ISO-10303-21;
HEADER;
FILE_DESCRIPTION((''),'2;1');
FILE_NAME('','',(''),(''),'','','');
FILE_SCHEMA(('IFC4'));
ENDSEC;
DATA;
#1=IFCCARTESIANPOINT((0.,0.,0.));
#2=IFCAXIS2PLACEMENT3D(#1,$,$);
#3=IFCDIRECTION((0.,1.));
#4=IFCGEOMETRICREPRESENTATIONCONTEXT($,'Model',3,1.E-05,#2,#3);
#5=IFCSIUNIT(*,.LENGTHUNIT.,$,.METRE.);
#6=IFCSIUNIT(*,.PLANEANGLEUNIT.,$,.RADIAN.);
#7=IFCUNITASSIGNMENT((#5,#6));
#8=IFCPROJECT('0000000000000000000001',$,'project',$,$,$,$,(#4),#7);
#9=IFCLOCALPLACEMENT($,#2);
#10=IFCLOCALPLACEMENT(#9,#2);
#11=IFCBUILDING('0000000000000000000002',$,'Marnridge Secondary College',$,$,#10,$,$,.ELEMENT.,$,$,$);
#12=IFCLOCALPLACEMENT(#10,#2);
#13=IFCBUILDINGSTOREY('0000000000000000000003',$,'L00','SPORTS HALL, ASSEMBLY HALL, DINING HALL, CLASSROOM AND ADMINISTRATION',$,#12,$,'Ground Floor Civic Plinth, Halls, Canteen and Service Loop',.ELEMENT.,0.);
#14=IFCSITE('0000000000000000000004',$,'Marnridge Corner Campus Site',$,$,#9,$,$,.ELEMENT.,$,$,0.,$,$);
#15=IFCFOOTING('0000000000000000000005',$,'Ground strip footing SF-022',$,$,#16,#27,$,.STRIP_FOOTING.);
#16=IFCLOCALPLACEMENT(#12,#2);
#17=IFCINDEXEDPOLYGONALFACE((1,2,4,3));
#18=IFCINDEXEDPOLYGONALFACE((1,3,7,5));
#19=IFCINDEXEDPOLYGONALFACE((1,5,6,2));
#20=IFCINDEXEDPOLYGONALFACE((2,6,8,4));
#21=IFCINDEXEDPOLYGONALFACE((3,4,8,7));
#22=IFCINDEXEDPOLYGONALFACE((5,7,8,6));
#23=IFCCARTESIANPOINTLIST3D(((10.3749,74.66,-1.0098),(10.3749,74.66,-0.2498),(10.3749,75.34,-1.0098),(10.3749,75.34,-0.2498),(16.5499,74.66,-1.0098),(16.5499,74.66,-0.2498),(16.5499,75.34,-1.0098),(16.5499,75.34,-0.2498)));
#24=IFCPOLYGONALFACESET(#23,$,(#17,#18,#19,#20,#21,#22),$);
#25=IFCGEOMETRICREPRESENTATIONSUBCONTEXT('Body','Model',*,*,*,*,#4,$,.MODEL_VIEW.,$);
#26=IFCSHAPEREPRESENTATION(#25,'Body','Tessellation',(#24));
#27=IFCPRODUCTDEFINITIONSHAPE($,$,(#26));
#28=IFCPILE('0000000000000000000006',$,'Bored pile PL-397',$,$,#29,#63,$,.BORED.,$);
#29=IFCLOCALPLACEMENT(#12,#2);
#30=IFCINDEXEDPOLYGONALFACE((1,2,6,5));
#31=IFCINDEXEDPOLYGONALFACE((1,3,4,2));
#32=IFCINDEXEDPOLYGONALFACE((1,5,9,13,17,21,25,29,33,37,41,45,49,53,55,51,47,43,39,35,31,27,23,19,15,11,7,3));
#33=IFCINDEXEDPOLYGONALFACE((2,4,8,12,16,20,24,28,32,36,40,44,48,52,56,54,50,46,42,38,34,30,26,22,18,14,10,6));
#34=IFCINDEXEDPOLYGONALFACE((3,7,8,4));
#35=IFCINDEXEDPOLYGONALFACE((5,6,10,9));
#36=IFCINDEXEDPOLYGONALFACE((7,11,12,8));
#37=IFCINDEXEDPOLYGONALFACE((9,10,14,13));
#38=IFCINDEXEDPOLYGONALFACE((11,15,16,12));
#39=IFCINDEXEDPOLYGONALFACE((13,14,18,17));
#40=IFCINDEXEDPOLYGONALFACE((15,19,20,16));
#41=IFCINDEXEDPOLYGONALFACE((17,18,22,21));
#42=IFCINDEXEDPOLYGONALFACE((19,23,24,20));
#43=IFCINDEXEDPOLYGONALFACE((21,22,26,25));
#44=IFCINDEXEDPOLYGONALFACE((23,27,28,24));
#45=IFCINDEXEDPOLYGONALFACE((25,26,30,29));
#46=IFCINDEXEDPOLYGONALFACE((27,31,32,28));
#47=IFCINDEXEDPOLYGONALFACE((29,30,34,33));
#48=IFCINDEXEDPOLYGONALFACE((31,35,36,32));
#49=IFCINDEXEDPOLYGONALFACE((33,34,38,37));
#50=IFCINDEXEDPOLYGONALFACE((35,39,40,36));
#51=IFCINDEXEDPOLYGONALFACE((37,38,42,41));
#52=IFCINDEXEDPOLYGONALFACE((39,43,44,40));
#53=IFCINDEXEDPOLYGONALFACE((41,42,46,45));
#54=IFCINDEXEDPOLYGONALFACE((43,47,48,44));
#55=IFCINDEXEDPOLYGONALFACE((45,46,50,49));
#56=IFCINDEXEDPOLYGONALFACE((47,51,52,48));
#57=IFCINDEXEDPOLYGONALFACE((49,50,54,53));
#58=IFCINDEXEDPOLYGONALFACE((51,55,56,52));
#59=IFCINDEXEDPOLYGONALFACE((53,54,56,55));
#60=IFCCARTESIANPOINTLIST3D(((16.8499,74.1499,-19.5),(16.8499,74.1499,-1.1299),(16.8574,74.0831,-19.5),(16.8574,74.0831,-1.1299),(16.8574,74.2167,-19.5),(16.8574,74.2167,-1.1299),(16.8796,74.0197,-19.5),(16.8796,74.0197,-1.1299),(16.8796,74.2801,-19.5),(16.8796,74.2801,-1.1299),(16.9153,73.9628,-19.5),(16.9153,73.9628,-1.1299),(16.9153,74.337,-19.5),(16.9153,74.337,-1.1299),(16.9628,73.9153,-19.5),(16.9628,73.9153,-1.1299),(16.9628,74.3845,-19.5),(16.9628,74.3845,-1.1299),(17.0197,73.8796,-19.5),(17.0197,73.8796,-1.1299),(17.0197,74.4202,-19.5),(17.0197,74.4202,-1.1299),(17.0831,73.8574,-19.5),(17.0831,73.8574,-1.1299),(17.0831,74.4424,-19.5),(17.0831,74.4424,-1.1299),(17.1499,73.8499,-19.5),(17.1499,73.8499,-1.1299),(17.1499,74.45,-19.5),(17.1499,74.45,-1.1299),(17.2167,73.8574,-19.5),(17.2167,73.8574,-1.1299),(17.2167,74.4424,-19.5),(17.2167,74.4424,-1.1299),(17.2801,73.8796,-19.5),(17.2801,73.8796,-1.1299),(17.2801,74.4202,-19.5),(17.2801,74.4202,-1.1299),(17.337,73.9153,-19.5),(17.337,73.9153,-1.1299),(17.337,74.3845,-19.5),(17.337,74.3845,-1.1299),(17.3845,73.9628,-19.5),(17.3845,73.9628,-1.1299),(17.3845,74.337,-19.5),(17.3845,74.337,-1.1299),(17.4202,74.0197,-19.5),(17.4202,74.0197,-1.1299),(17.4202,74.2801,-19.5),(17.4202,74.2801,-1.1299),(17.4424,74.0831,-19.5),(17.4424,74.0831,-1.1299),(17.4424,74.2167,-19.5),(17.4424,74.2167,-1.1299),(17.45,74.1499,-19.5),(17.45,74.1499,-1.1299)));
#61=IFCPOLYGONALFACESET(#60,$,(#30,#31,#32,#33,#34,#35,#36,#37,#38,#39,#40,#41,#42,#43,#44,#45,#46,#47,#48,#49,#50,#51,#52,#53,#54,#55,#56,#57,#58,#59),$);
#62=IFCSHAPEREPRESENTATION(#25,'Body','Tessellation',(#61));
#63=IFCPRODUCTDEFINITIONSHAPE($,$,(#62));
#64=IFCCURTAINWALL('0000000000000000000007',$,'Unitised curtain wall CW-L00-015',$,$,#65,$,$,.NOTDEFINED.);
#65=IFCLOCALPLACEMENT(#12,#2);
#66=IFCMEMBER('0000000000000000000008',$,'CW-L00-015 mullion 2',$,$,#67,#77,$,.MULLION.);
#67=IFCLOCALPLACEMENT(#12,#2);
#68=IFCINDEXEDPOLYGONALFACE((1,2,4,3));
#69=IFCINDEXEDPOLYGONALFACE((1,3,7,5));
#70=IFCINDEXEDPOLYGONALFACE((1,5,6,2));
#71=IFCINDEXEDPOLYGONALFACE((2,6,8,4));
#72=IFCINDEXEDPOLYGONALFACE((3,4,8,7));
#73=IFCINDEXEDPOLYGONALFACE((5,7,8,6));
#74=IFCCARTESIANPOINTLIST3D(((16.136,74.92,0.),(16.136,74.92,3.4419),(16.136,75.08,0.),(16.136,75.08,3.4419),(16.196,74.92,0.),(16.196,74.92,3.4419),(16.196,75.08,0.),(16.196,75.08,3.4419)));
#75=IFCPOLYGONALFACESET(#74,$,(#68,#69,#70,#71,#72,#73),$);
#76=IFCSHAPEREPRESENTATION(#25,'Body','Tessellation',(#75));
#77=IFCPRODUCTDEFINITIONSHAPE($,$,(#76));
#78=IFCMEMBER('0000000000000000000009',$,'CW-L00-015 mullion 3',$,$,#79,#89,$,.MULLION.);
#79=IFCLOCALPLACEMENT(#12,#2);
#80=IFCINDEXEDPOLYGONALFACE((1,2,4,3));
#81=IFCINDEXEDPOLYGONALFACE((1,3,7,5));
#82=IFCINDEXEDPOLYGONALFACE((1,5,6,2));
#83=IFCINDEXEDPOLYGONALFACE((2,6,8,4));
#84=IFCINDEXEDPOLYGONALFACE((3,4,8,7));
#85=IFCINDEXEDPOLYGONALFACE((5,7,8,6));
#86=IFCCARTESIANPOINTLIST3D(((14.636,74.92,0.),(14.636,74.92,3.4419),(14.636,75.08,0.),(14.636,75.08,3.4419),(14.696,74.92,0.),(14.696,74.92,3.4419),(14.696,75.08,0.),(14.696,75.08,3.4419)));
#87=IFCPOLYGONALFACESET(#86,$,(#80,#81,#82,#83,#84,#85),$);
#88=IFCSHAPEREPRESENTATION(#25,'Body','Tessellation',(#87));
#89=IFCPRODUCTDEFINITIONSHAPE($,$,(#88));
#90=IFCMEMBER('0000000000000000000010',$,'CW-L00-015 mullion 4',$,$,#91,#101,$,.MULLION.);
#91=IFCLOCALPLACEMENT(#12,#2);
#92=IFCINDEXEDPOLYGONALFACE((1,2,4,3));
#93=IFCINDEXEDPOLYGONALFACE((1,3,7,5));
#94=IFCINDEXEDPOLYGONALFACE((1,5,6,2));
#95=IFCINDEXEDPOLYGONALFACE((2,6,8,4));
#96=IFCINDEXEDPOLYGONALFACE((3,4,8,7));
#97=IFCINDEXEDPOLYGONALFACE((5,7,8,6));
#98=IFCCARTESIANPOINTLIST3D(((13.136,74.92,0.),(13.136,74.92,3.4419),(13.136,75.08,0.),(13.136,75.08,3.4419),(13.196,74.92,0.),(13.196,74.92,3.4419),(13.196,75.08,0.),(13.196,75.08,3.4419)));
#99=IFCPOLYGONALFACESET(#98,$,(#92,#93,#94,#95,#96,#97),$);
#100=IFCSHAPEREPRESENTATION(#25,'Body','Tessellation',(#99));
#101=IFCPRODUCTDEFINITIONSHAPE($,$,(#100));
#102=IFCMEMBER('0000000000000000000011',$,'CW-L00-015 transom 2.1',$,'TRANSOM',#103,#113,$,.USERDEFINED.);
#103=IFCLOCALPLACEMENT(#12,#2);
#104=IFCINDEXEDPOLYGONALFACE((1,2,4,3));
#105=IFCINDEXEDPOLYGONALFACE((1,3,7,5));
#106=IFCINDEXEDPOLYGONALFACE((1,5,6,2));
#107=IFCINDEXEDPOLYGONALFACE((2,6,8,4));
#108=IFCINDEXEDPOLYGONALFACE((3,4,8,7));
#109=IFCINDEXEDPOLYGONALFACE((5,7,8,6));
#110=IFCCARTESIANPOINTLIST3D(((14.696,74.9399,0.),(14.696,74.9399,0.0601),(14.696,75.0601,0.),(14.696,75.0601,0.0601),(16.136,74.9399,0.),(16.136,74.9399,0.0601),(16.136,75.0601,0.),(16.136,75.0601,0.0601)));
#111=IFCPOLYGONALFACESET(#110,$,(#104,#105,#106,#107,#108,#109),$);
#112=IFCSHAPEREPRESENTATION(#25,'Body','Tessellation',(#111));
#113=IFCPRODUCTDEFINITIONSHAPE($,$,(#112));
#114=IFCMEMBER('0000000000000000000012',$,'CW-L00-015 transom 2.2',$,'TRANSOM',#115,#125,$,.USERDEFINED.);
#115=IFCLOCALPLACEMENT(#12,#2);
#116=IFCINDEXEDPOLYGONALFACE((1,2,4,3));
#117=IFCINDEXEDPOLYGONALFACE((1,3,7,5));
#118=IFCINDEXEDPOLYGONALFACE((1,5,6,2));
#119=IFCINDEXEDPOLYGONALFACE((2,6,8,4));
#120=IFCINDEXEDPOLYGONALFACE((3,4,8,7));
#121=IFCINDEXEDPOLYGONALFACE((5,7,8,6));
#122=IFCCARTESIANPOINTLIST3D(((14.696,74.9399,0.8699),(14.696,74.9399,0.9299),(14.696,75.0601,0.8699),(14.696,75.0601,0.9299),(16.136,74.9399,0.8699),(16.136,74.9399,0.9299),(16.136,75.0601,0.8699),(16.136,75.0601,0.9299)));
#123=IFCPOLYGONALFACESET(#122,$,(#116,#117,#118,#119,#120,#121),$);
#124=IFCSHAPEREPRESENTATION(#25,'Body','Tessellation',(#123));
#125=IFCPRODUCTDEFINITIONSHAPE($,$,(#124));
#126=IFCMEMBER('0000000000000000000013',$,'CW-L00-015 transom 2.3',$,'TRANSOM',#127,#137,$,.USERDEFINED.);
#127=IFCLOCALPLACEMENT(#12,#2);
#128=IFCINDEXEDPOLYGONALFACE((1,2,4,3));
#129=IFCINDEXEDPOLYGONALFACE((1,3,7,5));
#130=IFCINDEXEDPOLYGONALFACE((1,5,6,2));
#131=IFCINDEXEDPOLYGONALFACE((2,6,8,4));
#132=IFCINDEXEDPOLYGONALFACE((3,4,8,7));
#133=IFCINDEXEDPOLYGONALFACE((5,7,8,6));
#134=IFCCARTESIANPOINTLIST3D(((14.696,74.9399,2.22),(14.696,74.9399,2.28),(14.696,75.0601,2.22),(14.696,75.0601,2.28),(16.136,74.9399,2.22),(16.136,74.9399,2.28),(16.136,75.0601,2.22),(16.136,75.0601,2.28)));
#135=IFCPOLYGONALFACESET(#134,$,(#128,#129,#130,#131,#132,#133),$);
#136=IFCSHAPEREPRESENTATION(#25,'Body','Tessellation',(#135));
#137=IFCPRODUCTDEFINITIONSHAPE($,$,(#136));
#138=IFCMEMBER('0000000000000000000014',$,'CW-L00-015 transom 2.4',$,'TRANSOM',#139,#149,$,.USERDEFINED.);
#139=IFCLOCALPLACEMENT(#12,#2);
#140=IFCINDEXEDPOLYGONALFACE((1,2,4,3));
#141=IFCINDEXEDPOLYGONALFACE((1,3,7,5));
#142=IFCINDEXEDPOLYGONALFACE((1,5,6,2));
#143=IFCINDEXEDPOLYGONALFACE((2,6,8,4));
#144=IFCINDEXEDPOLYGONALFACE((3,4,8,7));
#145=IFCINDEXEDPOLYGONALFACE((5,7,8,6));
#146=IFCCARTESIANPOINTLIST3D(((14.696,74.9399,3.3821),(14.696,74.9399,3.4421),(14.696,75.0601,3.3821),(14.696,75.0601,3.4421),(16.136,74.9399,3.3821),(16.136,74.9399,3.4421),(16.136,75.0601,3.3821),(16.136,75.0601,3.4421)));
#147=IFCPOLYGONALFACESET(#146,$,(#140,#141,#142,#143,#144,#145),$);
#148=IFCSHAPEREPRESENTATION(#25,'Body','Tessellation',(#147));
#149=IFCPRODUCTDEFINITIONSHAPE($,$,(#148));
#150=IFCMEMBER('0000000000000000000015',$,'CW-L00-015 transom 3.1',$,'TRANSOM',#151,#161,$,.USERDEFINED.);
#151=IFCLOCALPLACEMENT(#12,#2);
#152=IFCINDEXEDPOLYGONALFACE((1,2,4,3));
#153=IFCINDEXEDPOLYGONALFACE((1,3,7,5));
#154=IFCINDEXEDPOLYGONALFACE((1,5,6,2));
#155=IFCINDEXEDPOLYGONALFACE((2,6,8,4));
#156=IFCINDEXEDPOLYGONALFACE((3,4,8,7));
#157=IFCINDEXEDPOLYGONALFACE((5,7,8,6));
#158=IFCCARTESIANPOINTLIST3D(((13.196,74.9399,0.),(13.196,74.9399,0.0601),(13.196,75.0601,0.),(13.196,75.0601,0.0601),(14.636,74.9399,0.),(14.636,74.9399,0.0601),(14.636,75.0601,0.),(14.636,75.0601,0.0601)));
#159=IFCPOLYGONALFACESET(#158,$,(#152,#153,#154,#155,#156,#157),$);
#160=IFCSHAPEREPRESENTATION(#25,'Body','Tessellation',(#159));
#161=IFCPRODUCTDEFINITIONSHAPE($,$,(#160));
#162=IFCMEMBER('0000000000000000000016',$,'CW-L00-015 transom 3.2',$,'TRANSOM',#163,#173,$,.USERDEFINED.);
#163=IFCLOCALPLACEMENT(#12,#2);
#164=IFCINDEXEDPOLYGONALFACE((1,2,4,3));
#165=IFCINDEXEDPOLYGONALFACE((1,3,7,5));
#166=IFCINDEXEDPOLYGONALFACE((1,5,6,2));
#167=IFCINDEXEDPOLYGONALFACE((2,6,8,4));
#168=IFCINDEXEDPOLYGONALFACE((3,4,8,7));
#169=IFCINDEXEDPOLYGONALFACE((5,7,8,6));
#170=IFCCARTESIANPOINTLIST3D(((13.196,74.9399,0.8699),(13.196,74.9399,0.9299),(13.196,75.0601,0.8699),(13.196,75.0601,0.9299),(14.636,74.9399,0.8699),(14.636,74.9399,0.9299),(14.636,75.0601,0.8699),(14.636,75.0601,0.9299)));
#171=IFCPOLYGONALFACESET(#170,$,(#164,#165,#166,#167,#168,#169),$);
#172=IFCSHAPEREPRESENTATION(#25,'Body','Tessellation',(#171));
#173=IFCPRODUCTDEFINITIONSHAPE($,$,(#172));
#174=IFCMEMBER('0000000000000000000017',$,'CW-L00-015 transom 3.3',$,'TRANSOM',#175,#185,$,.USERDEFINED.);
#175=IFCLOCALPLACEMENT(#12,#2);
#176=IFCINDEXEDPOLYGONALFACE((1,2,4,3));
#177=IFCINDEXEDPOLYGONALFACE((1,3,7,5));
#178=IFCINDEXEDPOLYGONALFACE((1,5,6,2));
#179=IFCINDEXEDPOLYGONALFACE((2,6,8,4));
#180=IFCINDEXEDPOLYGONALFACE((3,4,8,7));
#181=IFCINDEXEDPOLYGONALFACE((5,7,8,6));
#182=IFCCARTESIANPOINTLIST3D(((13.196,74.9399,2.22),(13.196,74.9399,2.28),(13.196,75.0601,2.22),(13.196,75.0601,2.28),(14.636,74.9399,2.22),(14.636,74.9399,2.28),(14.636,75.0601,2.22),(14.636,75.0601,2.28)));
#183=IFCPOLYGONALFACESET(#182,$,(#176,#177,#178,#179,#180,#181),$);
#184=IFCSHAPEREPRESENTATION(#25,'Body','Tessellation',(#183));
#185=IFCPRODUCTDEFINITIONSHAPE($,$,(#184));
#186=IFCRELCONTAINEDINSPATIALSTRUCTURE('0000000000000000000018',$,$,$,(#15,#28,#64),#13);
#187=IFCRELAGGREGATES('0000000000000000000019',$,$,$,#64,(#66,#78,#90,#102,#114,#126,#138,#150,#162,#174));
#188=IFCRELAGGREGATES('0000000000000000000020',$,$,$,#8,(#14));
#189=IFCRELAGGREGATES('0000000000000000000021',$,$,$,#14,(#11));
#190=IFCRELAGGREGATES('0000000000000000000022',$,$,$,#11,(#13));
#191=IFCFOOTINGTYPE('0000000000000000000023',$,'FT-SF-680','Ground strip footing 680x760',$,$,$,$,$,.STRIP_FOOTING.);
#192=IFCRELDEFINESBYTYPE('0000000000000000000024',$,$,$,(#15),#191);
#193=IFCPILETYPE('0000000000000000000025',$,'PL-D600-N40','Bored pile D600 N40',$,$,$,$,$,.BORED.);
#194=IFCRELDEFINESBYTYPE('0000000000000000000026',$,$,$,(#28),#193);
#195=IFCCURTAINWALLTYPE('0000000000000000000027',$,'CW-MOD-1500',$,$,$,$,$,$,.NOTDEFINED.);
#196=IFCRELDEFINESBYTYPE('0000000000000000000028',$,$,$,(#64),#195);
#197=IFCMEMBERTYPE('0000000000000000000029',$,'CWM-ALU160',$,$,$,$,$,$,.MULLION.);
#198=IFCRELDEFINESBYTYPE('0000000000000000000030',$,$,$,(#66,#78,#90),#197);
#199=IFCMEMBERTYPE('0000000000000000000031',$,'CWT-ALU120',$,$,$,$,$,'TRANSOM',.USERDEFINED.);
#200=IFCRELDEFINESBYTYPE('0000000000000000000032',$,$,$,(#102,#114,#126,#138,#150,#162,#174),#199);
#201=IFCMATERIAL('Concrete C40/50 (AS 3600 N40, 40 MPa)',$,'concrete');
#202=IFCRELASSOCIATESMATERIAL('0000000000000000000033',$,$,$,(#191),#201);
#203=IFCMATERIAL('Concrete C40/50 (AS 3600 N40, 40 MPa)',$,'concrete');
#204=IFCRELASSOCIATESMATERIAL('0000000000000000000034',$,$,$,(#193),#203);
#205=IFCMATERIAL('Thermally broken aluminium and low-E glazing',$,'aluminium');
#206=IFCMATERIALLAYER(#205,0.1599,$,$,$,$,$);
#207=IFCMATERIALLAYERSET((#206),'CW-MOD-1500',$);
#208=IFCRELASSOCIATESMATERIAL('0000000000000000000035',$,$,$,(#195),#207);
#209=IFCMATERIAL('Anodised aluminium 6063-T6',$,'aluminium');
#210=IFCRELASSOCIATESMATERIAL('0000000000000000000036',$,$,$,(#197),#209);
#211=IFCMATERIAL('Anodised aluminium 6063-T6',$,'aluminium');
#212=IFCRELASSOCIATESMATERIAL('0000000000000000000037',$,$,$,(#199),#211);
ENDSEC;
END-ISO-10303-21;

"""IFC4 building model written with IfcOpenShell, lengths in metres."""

from ifc_helpers import new_model, si_unit, direction, frame, origin, origin_2d, place, context, subcontext, project, spatial, rectangle, circle, extrude, material, layer, layer_set, material_profile, profile_set, type_object, element, aggregate, save


model = new_model("IFC4")

# Units and contexts
model_context = context("Model", 3, precision=1e-05, world=origin(), true_north=direction((0.0, 1.0)))
body_context = subcontext(model_context, "Body", "Model", "MODEL_VIEW")
ifc_project = project(units=[si_unit("LENGTHUNIT", "METRE"), si_unit("PLANEANGLEUNIT", "RADIAN")], contexts=[model_context])

# Site, building, storey
site_placement = place(None, origin())
site = spatial("IfcSite", under=ifc_project, at=site_placement, Name="Marnridge Corner Campus Site", CompositionType="ELEMENT", RefElevation=0.0)
building_placement = place(site_placement, origin())
building = spatial("IfcBuilding", under=site, at=building_placement, Name="Marnridge Secondary College", CompositionType="ELEMENT")
storey_placement = place(building_placement, origin())
storey = spatial("IfcBuildingStorey", under=building, at=storey_placement, Name="L00", Description="SPORTS HALL, ASSEMBLY HALL, DINING HALL, CLASSROOM AND ADMINISTRATION", LongName="Ground Floor Civic Plinth, Halls, Canteen and Service Loop", CompositionType="ELEMENT", Elevation=0.0)

# Footing
ifc_material_1 = material(Name="Concrete C40/50 (AS 3600 N40, 40 MPa)", Category="concrete")
footing_type = type_object("IfcFootingType", Name="FT-SF-680", Description="Ground strip footing 680x760", PredefinedType="STRIP_FOOTING", material=ifc_material_1)
footing_placement = place(storey_placement, frame((13.4624, 75.0, -1.0098), z_axis=(0.0, 0.0, 1.0), x_axis=(1.0, 0.0, 0.0)))
element("IfcFooting", 1, at=footing_placement, inside=storey, type_object=footing_type, Name="Ground strip footing SF-022", PredefinedType="STRIP_FOOTING", context=body_context, shape_type="SweptSolid", body=[
    extrude(rectangle(XDim=6.175, YDim=0.6799, at=origin_2d()), origin(), (0.0, 0.0, 1.0), 0.76),
])

# Pile
ifc_material_2 = material(Name="Concrete C40/50 (AS 3600 N40, 40 MPa)", Category="concrete")
ifc_material_profile_1 = material_profile(ifc_material_2, circle(Radius=0.3, at=origin_2d()), Name="PILE D600")
ifc_profile_set_1 = profile_set([ifc_material_profile_1], Name="Concrete C40/50 (AS 3600 N40, 40 MPa)")
pile_type = type_object("IfcPileType", Name="PL-D600-N40", Description="Bored pile D600 N40", PredefinedType="BORED", material=ifc_profile_set_1)
pile_placement = place(storey_placement, frame((17.1499, 74.1499, -1.1299), z_axis=(0.0, 0.0, -1.0), x_axis=(1.0, 0.0, 0.0)))
element("IfcPile", 2, at=pile_placement, inside=storey, type_object=pile_type, Name="Bored pile PL-397", PredefinedType="BORED", context=body_context, shape_type="SweptSolid", body=[
    extrude(circle(Radius=0.3, at=origin_2d()), origin(), (0.0, 0.0, 1.0), 18.3701),
])

# Curtain wall, members
ifc_material_3 = material(Name="Thermally broken aluminium and low-E glazing", Category="aluminium")
ifc_layer_1 = layer(ifc_material_3, 0.1599)
ifc_layer_set_1 = layer_set([ifc_layer_1], Name="CW-MOD-1500")
curtain_wall_type = type_object("IfcCurtainWallType", Name="CW-MOD-1500", PredefinedType="NOTDEFINED", material=ifc_layer_set_1)
curtain_wall_placement = place(storey_placement, origin())
curtain_wall = element("IfcCurtainWall", 3, at=curtain_wall_placement, inside=storey, type_object=curtain_wall_type, Name="Unitised curtain wall CW-L00-015", PredefinedType="NOTDEFINED")
ifc_material_4 = material(Name="Anodised aluminium 6063-T6", Category="aluminium")
ifc_material_profile_2 = material_profile(ifc_material_4, rectangle(XDim=0.0601, YDim=0.1599, at=origin_2d()), Name="ALU 60x160")
ifc_profile_set_2 = profile_set([ifc_material_profile_2], Name="Anodised aluminium 6063-T6")
member_type_1 = type_object("IfcMemberType", Name="CWM-ALU160", PredefinedType="MULLION", material=ifc_profile_set_2)
member_1_placement = place(storey_placement, frame((16.166, 75.0, 0.0), z_axis=(0.0, 0.0, 1.0), x_axis=(-1.0, 0.0, 0.0)))
member_1 = element("IfcMember", 4, at=member_1_placement, type_object=member_type_1, Name="CW-L00-015 mullion 2", PredefinedType="MULLION", context=body_context, shape_type="SweptSolid", body=[
    extrude(rectangle(XDim=0.0601, YDim=0.1599, at=origin_2d()), origin(), (0.0, 0.0, 1.0), 3.4419),
])
member_2_placement = place(storey_placement, frame((14.666, 75.0, 0.0), z_axis=(0.0, 0.0, 1.0), x_axis=(-1.0, 0.0, 0.0)))
member_2 = element("IfcMember", 5, at=member_2_placement, type_object=member_type_1, Name="CW-L00-015 mullion 3", PredefinedType="MULLION", context=body_context, shape_type="SweptSolid", body=[
    extrude(rectangle(XDim=0.0601, YDim=0.1599, at=origin_2d()), origin(), (0.0, 0.0, 1.0), 3.4419),
])
member_3_placement = place(storey_placement, frame((13.166, 75.0, 0.0), z_axis=(0.0, 0.0, 1.0), x_axis=(-1.0, 0.0, 0.0)))
member_3 = element("IfcMember", 6, at=member_3_placement, type_object=member_type_1, Name="CW-L00-015 mullion 4", PredefinedType="MULLION", context=body_context, shape_type="SweptSolid", body=[
    extrude(rectangle(XDim=0.0601, YDim=0.1599, at=origin_2d()), origin(), (0.0, 0.0, 1.0), 3.4419),
])
ifc_material_5 = material(Name="Anodised aluminium 6063-T6", Category="aluminium")
ifc_material_profile_3 = material_profile(ifc_material_5, rectangle(XDim=0.0601, YDim=0.1201, at=origin_2d()), Name="ALU 60x120")
ifc_profile_set_3 = profile_set([ifc_material_profile_3], Name="Anodised aluminium 6063-T6")
member_type_2 = type_object("IfcMemberType", Name="CWT-ALU120", ElementType="TRANSOM", PredefinedType="USERDEFINED", material=ifc_profile_set_3)
member_4_placement = place(storey_placement, frame((16.136, 75.0, 0.03), z_axis=(-1.0, 0.0, 0.0), x_axis=(0.0, 0.0, 1.0)))
member_4 = element("IfcMember", 7, at=member_4_placement, type_object=member_type_2, Name="CW-L00-015 transom 2.1", ObjectType="TRANSOM", PredefinedType="USERDEFINED", context=body_context, shape_type="SweptSolid", body=[
    extrude(rectangle(XDim=0.0601, YDim=0.1201, at=origin_2d()), origin(), (0.0, 0.0, 1.0), 1.4399),
])
member_5_placement = place(storey_placement, frame((16.136, 75.0, 0.8999), z_axis=(-1.0, 0.0, 0.0), x_axis=(0.0, 0.0, 1.0)))
member_5 = element("IfcMember", 8, at=member_5_placement, type_object=member_type_2, Name="CW-L00-015 transom 2.2", ObjectType="TRANSOM", PredefinedType="USERDEFINED", context=body_context, shape_type="SweptSolid", body=[
    extrude(rectangle(XDim=0.0601, YDim=0.1201, at=origin_2d()), origin(), (0.0, 0.0, 1.0), 1.4399),
])
member_6_placement = place(storey_placement, frame((16.136, 75.0, 2.25), z_axis=(-1.0, 0.0, 0.0), x_axis=(0.0, 0.0, 1.0)))
member_6 = element("IfcMember", 9, at=member_6_placement, type_object=member_type_2, Name="CW-L00-015 transom 2.3", ObjectType="TRANSOM", PredefinedType="USERDEFINED", context=body_context, shape_type="SweptSolid", body=[
    extrude(rectangle(XDim=0.0601, YDim=0.1201, at=origin_2d()), origin(), (0.0, 0.0, 1.0), 1.4399),
])
member_7_placement = place(storey_placement, frame((16.136, 75.0, 3.4121), z_axis=(-1.0, 0.0, 0.0), x_axis=(0.0, 0.0, 1.0)))
member_7 = element("IfcMember", 10, at=member_7_placement, type_object=member_type_2, Name="CW-L00-015 transom 2.4", ObjectType="TRANSOM", PredefinedType="USERDEFINED", context=body_context, shape_type="SweptSolid", body=[
    extrude(rectangle(XDim=0.0601, YDim=0.1201, at=origin_2d()), origin(), (0.0, 0.0, 1.0), 1.4399),
])
member_8_placement = place(storey_placement, frame((14.636, 75.0, 0.03), z_axis=(-1.0, 0.0, 0.0), x_axis=(0.0, 0.0, 1.0)))
member_8 = element("IfcMember", 11, at=member_8_placement, type_object=member_type_2, Name="CW-L00-015 transom 3.1", ObjectType="TRANSOM", PredefinedType="USERDEFINED", context=body_context, shape_type="SweptSolid", body=[
    extrude(rectangle(XDim=0.0601, YDim=0.1201, at=origin_2d()), origin(), (0.0, 0.0, 1.0), 1.4399),
])
member_9_placement = place(storey_placement, frame((14.636, 75.0, 0.8999), z_axis=(-1.0, 0.0, 0.0), x_axis=(0.0, 0.0, 1.0)))
member_9 = element("IfcMember", 12, at=member_9_placement, type_object=member_type_2, Name="CW-L00-015 transom 3.2", ObjectType="TRANSOM", PredefinedType="USERDEFINED", context=body_context, shape_type="SweptSolid", body=[
    extrude(rectangle(XDim=0.0601, YDim=0.1201, at=origin_2d()), origin(), (0.0, 0.0, 1.0), 1.4399),
])
member_10_placement = place(storey_placement, frame((14.636, 75.0, 2.25), z_axis=(-1.0, 0.0, 0.0), x_axis=(0.0, 0.0, 1.0)))
member_10 = element("IfcMember", 13, at=member_10_placement, type_object=member_type_2, Name="CW-L00-015 transom 3.3", ObjectType="TRANSOM", PredefinedType="USERDEFINED", context=body_context, shape_type="SweptSolid", body=[
    extrude(rectangle(XDim=0.0601, YDim=0.1201, at=origin_2d()), origin(), (0.0, 0.0, 1.0), 1.4399),
])
aggregate(curtain_wall, [member_1, member_2, member_3, member_4, member_5, member_6, member_7, member_8, member_9, member_10])

save(model, "model.ifc")
